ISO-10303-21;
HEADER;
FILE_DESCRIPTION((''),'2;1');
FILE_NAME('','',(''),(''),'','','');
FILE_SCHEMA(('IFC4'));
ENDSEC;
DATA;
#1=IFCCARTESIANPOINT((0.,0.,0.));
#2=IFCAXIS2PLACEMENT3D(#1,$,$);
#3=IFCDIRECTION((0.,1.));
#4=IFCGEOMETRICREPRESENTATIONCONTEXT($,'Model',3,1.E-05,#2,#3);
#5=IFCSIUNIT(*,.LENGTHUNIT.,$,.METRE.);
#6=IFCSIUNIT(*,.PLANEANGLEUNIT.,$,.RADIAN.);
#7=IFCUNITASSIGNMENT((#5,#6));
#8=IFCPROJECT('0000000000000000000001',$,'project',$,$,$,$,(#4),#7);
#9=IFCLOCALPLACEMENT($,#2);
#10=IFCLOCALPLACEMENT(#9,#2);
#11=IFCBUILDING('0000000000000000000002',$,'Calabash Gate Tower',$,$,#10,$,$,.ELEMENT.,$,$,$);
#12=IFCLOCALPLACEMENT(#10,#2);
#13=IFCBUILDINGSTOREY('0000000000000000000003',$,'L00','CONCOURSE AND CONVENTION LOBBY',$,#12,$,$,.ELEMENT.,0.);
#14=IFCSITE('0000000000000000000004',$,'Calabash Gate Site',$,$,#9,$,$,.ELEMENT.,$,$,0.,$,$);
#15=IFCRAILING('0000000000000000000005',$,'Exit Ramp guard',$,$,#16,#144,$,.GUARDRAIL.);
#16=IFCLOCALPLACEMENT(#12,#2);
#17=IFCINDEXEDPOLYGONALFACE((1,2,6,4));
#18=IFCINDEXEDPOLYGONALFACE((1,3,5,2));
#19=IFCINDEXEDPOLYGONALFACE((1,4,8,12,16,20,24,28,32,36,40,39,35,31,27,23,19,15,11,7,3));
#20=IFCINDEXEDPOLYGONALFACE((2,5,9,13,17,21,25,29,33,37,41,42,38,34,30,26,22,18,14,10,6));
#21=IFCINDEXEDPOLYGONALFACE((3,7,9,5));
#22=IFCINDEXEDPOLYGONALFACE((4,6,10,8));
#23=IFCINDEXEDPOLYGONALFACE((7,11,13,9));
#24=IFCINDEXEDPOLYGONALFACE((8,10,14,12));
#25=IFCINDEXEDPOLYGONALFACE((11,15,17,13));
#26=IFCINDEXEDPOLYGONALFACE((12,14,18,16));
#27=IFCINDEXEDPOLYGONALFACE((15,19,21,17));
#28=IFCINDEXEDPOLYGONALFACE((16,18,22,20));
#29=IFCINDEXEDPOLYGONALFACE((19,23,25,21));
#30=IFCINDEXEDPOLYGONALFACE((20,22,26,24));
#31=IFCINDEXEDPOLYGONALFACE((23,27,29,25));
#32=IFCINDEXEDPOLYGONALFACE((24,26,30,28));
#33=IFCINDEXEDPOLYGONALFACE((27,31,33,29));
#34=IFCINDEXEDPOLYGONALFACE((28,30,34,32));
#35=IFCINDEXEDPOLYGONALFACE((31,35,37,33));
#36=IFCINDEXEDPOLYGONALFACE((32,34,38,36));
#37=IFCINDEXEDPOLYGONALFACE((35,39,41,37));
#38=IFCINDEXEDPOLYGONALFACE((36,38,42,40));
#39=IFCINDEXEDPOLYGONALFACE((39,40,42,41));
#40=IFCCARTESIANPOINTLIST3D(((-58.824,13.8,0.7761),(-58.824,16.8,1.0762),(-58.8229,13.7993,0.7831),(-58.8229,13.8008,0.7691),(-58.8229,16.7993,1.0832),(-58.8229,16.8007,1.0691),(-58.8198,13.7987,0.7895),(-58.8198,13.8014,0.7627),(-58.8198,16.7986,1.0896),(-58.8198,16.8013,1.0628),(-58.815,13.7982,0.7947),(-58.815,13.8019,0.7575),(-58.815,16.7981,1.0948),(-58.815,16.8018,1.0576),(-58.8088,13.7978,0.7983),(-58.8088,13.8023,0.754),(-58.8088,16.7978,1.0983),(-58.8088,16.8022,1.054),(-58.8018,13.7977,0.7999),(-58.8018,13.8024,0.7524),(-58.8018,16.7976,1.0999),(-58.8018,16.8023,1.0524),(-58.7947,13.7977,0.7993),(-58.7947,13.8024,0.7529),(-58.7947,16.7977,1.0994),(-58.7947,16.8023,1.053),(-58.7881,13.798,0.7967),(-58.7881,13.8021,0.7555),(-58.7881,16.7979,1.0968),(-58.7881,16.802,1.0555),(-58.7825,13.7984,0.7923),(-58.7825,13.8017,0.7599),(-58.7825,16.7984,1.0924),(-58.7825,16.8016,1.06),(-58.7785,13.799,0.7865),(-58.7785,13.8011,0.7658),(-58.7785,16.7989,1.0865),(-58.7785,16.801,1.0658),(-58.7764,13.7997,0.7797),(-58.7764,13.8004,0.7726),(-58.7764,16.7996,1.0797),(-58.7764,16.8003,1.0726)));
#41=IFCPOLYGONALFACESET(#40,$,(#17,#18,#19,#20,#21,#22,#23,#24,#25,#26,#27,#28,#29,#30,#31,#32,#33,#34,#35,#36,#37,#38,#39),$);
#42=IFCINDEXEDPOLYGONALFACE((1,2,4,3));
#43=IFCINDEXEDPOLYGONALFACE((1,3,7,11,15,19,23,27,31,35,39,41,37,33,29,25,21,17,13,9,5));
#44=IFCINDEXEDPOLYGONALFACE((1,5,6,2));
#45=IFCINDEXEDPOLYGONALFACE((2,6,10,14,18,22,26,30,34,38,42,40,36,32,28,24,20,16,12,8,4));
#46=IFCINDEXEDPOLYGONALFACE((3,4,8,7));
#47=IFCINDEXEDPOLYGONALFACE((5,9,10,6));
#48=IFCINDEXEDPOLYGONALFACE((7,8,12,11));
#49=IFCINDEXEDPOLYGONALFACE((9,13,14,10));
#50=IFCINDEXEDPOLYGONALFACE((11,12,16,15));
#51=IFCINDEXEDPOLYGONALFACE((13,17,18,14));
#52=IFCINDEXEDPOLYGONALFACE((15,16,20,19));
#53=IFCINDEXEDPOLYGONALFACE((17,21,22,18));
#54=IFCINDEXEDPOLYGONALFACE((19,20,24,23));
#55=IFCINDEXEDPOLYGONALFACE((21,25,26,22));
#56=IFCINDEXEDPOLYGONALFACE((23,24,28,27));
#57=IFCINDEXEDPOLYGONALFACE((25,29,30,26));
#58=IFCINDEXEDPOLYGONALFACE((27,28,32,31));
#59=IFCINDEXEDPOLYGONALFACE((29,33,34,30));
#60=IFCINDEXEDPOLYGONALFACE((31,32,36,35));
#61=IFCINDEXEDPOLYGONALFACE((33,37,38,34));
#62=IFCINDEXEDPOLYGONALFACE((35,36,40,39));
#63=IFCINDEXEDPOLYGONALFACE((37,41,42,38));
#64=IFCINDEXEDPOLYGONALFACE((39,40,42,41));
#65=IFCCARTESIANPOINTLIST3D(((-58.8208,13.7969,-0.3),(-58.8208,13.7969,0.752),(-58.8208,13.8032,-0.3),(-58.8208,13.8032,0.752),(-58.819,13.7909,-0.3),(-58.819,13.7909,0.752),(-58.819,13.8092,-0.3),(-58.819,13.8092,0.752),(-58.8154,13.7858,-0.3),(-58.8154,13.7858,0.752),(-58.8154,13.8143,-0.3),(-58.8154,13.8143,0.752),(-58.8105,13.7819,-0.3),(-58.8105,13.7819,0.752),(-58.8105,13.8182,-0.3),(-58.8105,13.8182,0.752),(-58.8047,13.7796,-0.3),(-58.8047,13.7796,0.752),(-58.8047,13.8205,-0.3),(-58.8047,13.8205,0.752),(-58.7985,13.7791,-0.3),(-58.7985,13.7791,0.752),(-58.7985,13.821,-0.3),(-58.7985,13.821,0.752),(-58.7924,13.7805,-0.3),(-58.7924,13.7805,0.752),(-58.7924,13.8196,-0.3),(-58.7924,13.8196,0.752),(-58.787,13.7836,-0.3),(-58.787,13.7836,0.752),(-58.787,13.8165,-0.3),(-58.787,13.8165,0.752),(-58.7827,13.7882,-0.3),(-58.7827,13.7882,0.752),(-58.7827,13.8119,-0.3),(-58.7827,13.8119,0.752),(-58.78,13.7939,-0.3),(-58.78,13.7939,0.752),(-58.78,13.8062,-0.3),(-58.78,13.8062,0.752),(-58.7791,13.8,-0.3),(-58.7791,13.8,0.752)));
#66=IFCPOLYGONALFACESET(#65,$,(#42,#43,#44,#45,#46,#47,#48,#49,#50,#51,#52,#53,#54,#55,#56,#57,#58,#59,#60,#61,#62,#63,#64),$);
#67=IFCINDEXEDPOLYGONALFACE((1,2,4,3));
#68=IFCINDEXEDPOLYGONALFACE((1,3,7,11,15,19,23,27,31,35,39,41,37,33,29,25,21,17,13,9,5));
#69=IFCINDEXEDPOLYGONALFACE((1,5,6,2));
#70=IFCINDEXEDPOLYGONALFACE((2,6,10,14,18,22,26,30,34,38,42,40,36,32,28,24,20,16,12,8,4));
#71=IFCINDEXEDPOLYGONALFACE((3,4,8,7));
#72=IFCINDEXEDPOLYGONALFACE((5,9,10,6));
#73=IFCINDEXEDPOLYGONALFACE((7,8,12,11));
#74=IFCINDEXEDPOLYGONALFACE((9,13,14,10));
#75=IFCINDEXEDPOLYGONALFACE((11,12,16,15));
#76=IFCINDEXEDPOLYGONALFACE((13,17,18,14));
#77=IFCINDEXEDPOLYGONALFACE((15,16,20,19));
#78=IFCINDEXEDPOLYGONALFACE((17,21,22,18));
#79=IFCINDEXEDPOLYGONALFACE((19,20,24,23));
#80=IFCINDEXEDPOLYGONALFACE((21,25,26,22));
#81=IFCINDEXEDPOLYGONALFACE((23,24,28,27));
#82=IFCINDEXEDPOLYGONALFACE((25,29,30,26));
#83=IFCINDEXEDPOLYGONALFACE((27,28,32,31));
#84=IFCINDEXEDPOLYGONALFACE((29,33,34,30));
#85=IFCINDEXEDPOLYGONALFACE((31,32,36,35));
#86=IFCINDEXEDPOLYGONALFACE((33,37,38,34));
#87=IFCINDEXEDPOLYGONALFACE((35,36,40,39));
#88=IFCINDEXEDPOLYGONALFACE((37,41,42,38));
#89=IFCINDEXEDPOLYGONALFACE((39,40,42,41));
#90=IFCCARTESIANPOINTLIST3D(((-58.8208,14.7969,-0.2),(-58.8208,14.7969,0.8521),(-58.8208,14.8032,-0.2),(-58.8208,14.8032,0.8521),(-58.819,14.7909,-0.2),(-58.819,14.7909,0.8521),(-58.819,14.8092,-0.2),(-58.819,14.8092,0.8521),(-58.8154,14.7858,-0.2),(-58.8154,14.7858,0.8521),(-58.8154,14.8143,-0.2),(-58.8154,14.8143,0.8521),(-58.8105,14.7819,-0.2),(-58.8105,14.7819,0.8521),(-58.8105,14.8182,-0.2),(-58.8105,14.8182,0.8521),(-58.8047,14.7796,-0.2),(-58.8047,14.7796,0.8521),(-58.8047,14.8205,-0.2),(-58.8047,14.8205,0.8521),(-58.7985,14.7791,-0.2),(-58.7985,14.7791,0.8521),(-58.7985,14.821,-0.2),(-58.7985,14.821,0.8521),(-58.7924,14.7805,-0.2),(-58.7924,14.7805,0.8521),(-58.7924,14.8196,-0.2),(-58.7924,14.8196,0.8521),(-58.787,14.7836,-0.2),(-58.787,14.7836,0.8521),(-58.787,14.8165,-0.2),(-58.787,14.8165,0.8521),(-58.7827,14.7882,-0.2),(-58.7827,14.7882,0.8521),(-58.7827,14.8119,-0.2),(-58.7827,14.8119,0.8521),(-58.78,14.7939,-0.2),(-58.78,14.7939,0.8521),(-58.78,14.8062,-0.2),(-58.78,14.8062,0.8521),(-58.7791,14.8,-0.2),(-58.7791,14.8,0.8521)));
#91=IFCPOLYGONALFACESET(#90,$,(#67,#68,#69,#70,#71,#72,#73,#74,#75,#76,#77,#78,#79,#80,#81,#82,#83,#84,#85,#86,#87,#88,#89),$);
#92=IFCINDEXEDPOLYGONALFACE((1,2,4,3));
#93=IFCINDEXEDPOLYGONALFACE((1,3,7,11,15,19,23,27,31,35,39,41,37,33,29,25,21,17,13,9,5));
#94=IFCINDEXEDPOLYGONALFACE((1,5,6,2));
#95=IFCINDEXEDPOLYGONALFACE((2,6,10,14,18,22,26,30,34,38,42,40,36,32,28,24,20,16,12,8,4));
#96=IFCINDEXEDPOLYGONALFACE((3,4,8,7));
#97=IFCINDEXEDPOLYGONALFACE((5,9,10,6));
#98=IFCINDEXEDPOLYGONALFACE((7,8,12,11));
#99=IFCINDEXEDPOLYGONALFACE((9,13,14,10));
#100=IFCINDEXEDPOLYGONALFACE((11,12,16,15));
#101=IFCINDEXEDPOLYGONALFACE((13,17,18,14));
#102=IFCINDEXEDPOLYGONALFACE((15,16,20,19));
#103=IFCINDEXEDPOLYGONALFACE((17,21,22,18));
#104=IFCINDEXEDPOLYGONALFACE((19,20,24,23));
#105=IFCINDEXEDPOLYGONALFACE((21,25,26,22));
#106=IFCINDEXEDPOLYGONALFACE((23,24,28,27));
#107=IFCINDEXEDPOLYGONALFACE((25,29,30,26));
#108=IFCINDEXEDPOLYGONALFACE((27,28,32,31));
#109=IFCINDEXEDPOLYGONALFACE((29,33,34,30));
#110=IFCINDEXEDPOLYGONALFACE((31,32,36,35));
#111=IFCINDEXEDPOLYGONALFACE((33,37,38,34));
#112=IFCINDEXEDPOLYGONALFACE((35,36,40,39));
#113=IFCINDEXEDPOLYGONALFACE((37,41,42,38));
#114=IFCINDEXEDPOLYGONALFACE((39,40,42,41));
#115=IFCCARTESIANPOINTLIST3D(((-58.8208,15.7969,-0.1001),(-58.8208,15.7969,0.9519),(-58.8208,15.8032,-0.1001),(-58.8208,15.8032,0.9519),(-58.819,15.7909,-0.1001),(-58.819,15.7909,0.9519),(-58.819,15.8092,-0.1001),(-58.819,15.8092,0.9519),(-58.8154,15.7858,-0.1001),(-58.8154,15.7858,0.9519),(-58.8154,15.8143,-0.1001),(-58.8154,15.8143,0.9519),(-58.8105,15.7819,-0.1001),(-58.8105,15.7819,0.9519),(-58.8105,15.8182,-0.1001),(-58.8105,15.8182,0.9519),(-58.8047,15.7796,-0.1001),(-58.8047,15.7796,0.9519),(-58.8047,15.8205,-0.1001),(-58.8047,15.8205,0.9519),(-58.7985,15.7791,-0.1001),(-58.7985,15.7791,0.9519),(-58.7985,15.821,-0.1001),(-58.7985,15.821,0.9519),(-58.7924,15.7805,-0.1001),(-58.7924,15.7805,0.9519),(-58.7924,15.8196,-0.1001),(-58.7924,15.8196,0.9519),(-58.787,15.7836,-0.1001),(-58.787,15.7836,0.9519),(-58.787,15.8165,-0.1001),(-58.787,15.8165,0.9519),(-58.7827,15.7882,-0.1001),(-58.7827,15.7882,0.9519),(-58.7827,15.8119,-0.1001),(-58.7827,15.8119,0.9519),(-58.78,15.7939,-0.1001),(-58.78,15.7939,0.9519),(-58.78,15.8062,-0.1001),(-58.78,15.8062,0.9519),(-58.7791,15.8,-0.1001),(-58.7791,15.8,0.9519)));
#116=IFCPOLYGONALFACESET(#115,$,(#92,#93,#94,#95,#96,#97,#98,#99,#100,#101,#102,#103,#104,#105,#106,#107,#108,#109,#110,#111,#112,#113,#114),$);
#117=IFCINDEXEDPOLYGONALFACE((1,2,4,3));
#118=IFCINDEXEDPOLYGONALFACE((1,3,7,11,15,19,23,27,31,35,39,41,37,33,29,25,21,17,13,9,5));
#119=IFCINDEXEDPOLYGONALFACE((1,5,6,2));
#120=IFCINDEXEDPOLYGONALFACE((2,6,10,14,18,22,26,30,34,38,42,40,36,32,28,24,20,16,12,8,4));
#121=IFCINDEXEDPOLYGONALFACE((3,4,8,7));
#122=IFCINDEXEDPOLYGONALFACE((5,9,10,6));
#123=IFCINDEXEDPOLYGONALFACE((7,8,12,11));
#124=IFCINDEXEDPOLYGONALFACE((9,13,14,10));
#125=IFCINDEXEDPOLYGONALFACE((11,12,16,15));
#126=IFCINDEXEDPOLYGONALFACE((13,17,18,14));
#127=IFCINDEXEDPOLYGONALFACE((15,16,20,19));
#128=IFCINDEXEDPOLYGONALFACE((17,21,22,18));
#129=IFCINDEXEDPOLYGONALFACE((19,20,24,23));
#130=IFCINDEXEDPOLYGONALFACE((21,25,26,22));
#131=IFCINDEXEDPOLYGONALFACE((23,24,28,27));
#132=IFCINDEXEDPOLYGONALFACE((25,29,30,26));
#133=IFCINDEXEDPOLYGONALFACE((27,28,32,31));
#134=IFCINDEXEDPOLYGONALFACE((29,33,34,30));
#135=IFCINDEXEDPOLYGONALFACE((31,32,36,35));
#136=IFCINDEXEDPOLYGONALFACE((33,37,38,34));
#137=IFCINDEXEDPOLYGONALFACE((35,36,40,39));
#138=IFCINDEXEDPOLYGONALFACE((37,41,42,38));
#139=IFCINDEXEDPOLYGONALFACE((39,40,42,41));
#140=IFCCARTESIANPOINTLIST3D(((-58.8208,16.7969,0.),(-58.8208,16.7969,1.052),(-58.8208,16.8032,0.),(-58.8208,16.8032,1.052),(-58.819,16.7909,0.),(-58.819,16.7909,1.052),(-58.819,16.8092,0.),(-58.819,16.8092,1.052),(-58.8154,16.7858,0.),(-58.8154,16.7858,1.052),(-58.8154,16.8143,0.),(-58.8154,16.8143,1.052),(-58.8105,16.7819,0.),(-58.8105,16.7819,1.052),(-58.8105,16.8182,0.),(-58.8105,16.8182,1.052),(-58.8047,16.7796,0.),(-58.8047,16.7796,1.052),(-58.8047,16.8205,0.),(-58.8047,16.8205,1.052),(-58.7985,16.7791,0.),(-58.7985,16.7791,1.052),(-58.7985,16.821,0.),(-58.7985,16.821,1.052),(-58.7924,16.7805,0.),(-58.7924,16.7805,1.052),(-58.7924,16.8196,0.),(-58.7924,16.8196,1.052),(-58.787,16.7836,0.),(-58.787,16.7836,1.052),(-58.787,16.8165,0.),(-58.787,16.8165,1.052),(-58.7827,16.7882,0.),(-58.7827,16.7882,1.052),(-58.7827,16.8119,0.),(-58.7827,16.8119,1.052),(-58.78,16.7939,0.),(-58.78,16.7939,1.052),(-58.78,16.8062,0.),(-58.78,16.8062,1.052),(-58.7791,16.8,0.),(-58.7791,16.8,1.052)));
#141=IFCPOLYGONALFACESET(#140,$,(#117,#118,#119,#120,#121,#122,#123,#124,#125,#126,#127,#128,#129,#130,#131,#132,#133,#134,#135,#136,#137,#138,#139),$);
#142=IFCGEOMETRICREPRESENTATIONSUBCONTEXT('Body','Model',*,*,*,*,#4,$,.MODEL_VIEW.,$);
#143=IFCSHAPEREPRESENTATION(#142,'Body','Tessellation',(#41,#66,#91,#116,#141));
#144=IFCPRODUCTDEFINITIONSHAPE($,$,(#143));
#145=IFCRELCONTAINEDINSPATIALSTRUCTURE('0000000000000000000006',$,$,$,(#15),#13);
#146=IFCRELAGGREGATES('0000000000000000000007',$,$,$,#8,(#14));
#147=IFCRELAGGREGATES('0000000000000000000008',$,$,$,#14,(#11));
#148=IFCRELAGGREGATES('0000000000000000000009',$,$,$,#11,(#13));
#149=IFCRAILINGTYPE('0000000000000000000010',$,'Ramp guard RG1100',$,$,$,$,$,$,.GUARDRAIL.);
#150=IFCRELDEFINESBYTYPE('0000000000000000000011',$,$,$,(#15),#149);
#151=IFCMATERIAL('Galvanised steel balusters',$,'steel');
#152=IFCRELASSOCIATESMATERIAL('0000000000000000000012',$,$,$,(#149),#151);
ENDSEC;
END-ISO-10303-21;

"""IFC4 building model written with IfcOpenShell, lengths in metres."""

from ifc_helpers import new_model, si_unit, direction, frame, origin, origin_2d, place, context, subcontext, project, spatial, circle, extrude, material, type_object, element, save


model = new_model("IFC4")

# Units and contexts
model_context = context("Model", 3, precision=1e-05, world=origin(), true_north=direction((0.0, 1.0)))
body_context = subcontext(model_context, "Body", "Model", "MODEL_VIEW")
ifc_project = project(units=[si_unit("LENGTHUNIT", "METRE"), si_unit("PLANEANGLEUNIT", "RADIAN")], contexts=[model_context])

# Site, building, storey
site_placement = place(None, origin())
site = spatial("IfcSite", under=ifc_project, at=site_placement, Name="Calabash Gate Site", CompositionType="ELEMENT", RefElevation=0.0)
building_placement = place(site_placement, origin())
building = spatial("IfcBuilding", under=site, at=building_placement, Name="Calabash Gate Tower", CompositionType="ELEMENT")
storey_placement = place(building_placement, origin())
storey = spatial("IfcBuildingStorey", under=building, at=storey_placement, Name="L00", Description="CONCOURSE AND CONVENTION LOBBY", CompositionType="ELEMENT", Elevation=0.0)

# Railing
ifc_material_1 = material(Name="Galvanised steel balusters", Category="steel")
railing_type = type_object("IfcRailingType", Name="Ramp guard RG1100", PredefinedType="GUARDRAIL", material=ifc_material_1)
for number, where, name in (
    (1, (-58.8, 13.8, -0.3), "Exit Ramp guard"),
):
    element("IfcRailing", number, at=place(storey_placement, frame(where)), inside=storey, type_object=railing_type, Name=name, PredefinedType="GUARDRAIL", context=body_context, shape_type="SweptSolid", body=[
        extrude(circle(Radius=0.0239, at=origin_2d()), frame((0.0, 0.0, 1.0762), z_axis=(0.0, 0.995036, 0.09952), x_axis=(-1.0, 0.0, 0.0)), (0.0, 0.0, 1.0), 3.0149),
        extrude(circle(Radius=0.021, at=origin_2d()), origin(), (0.0, 0.0, 1.0), 1.052),
        extrude(circle(Radius=0.021, at=origin_2d()), frame((0.0, 1.0, 0.1001)), (0.0, 0.0, 1.0), 1.052),
        extrude(circle(Radius=0.021, at=origin_2d()), frame((0.0, 2.0, 0.2)), (0.0, 0.0, 1.0), 1.052),
        extrude(circle(Radius=0.021, at=origin_2d()), frame((0.0, 3.0, 0.3)), (0.0, 0.0, 1.0), 1.052),
    ])

save(model, "model.ifc")
